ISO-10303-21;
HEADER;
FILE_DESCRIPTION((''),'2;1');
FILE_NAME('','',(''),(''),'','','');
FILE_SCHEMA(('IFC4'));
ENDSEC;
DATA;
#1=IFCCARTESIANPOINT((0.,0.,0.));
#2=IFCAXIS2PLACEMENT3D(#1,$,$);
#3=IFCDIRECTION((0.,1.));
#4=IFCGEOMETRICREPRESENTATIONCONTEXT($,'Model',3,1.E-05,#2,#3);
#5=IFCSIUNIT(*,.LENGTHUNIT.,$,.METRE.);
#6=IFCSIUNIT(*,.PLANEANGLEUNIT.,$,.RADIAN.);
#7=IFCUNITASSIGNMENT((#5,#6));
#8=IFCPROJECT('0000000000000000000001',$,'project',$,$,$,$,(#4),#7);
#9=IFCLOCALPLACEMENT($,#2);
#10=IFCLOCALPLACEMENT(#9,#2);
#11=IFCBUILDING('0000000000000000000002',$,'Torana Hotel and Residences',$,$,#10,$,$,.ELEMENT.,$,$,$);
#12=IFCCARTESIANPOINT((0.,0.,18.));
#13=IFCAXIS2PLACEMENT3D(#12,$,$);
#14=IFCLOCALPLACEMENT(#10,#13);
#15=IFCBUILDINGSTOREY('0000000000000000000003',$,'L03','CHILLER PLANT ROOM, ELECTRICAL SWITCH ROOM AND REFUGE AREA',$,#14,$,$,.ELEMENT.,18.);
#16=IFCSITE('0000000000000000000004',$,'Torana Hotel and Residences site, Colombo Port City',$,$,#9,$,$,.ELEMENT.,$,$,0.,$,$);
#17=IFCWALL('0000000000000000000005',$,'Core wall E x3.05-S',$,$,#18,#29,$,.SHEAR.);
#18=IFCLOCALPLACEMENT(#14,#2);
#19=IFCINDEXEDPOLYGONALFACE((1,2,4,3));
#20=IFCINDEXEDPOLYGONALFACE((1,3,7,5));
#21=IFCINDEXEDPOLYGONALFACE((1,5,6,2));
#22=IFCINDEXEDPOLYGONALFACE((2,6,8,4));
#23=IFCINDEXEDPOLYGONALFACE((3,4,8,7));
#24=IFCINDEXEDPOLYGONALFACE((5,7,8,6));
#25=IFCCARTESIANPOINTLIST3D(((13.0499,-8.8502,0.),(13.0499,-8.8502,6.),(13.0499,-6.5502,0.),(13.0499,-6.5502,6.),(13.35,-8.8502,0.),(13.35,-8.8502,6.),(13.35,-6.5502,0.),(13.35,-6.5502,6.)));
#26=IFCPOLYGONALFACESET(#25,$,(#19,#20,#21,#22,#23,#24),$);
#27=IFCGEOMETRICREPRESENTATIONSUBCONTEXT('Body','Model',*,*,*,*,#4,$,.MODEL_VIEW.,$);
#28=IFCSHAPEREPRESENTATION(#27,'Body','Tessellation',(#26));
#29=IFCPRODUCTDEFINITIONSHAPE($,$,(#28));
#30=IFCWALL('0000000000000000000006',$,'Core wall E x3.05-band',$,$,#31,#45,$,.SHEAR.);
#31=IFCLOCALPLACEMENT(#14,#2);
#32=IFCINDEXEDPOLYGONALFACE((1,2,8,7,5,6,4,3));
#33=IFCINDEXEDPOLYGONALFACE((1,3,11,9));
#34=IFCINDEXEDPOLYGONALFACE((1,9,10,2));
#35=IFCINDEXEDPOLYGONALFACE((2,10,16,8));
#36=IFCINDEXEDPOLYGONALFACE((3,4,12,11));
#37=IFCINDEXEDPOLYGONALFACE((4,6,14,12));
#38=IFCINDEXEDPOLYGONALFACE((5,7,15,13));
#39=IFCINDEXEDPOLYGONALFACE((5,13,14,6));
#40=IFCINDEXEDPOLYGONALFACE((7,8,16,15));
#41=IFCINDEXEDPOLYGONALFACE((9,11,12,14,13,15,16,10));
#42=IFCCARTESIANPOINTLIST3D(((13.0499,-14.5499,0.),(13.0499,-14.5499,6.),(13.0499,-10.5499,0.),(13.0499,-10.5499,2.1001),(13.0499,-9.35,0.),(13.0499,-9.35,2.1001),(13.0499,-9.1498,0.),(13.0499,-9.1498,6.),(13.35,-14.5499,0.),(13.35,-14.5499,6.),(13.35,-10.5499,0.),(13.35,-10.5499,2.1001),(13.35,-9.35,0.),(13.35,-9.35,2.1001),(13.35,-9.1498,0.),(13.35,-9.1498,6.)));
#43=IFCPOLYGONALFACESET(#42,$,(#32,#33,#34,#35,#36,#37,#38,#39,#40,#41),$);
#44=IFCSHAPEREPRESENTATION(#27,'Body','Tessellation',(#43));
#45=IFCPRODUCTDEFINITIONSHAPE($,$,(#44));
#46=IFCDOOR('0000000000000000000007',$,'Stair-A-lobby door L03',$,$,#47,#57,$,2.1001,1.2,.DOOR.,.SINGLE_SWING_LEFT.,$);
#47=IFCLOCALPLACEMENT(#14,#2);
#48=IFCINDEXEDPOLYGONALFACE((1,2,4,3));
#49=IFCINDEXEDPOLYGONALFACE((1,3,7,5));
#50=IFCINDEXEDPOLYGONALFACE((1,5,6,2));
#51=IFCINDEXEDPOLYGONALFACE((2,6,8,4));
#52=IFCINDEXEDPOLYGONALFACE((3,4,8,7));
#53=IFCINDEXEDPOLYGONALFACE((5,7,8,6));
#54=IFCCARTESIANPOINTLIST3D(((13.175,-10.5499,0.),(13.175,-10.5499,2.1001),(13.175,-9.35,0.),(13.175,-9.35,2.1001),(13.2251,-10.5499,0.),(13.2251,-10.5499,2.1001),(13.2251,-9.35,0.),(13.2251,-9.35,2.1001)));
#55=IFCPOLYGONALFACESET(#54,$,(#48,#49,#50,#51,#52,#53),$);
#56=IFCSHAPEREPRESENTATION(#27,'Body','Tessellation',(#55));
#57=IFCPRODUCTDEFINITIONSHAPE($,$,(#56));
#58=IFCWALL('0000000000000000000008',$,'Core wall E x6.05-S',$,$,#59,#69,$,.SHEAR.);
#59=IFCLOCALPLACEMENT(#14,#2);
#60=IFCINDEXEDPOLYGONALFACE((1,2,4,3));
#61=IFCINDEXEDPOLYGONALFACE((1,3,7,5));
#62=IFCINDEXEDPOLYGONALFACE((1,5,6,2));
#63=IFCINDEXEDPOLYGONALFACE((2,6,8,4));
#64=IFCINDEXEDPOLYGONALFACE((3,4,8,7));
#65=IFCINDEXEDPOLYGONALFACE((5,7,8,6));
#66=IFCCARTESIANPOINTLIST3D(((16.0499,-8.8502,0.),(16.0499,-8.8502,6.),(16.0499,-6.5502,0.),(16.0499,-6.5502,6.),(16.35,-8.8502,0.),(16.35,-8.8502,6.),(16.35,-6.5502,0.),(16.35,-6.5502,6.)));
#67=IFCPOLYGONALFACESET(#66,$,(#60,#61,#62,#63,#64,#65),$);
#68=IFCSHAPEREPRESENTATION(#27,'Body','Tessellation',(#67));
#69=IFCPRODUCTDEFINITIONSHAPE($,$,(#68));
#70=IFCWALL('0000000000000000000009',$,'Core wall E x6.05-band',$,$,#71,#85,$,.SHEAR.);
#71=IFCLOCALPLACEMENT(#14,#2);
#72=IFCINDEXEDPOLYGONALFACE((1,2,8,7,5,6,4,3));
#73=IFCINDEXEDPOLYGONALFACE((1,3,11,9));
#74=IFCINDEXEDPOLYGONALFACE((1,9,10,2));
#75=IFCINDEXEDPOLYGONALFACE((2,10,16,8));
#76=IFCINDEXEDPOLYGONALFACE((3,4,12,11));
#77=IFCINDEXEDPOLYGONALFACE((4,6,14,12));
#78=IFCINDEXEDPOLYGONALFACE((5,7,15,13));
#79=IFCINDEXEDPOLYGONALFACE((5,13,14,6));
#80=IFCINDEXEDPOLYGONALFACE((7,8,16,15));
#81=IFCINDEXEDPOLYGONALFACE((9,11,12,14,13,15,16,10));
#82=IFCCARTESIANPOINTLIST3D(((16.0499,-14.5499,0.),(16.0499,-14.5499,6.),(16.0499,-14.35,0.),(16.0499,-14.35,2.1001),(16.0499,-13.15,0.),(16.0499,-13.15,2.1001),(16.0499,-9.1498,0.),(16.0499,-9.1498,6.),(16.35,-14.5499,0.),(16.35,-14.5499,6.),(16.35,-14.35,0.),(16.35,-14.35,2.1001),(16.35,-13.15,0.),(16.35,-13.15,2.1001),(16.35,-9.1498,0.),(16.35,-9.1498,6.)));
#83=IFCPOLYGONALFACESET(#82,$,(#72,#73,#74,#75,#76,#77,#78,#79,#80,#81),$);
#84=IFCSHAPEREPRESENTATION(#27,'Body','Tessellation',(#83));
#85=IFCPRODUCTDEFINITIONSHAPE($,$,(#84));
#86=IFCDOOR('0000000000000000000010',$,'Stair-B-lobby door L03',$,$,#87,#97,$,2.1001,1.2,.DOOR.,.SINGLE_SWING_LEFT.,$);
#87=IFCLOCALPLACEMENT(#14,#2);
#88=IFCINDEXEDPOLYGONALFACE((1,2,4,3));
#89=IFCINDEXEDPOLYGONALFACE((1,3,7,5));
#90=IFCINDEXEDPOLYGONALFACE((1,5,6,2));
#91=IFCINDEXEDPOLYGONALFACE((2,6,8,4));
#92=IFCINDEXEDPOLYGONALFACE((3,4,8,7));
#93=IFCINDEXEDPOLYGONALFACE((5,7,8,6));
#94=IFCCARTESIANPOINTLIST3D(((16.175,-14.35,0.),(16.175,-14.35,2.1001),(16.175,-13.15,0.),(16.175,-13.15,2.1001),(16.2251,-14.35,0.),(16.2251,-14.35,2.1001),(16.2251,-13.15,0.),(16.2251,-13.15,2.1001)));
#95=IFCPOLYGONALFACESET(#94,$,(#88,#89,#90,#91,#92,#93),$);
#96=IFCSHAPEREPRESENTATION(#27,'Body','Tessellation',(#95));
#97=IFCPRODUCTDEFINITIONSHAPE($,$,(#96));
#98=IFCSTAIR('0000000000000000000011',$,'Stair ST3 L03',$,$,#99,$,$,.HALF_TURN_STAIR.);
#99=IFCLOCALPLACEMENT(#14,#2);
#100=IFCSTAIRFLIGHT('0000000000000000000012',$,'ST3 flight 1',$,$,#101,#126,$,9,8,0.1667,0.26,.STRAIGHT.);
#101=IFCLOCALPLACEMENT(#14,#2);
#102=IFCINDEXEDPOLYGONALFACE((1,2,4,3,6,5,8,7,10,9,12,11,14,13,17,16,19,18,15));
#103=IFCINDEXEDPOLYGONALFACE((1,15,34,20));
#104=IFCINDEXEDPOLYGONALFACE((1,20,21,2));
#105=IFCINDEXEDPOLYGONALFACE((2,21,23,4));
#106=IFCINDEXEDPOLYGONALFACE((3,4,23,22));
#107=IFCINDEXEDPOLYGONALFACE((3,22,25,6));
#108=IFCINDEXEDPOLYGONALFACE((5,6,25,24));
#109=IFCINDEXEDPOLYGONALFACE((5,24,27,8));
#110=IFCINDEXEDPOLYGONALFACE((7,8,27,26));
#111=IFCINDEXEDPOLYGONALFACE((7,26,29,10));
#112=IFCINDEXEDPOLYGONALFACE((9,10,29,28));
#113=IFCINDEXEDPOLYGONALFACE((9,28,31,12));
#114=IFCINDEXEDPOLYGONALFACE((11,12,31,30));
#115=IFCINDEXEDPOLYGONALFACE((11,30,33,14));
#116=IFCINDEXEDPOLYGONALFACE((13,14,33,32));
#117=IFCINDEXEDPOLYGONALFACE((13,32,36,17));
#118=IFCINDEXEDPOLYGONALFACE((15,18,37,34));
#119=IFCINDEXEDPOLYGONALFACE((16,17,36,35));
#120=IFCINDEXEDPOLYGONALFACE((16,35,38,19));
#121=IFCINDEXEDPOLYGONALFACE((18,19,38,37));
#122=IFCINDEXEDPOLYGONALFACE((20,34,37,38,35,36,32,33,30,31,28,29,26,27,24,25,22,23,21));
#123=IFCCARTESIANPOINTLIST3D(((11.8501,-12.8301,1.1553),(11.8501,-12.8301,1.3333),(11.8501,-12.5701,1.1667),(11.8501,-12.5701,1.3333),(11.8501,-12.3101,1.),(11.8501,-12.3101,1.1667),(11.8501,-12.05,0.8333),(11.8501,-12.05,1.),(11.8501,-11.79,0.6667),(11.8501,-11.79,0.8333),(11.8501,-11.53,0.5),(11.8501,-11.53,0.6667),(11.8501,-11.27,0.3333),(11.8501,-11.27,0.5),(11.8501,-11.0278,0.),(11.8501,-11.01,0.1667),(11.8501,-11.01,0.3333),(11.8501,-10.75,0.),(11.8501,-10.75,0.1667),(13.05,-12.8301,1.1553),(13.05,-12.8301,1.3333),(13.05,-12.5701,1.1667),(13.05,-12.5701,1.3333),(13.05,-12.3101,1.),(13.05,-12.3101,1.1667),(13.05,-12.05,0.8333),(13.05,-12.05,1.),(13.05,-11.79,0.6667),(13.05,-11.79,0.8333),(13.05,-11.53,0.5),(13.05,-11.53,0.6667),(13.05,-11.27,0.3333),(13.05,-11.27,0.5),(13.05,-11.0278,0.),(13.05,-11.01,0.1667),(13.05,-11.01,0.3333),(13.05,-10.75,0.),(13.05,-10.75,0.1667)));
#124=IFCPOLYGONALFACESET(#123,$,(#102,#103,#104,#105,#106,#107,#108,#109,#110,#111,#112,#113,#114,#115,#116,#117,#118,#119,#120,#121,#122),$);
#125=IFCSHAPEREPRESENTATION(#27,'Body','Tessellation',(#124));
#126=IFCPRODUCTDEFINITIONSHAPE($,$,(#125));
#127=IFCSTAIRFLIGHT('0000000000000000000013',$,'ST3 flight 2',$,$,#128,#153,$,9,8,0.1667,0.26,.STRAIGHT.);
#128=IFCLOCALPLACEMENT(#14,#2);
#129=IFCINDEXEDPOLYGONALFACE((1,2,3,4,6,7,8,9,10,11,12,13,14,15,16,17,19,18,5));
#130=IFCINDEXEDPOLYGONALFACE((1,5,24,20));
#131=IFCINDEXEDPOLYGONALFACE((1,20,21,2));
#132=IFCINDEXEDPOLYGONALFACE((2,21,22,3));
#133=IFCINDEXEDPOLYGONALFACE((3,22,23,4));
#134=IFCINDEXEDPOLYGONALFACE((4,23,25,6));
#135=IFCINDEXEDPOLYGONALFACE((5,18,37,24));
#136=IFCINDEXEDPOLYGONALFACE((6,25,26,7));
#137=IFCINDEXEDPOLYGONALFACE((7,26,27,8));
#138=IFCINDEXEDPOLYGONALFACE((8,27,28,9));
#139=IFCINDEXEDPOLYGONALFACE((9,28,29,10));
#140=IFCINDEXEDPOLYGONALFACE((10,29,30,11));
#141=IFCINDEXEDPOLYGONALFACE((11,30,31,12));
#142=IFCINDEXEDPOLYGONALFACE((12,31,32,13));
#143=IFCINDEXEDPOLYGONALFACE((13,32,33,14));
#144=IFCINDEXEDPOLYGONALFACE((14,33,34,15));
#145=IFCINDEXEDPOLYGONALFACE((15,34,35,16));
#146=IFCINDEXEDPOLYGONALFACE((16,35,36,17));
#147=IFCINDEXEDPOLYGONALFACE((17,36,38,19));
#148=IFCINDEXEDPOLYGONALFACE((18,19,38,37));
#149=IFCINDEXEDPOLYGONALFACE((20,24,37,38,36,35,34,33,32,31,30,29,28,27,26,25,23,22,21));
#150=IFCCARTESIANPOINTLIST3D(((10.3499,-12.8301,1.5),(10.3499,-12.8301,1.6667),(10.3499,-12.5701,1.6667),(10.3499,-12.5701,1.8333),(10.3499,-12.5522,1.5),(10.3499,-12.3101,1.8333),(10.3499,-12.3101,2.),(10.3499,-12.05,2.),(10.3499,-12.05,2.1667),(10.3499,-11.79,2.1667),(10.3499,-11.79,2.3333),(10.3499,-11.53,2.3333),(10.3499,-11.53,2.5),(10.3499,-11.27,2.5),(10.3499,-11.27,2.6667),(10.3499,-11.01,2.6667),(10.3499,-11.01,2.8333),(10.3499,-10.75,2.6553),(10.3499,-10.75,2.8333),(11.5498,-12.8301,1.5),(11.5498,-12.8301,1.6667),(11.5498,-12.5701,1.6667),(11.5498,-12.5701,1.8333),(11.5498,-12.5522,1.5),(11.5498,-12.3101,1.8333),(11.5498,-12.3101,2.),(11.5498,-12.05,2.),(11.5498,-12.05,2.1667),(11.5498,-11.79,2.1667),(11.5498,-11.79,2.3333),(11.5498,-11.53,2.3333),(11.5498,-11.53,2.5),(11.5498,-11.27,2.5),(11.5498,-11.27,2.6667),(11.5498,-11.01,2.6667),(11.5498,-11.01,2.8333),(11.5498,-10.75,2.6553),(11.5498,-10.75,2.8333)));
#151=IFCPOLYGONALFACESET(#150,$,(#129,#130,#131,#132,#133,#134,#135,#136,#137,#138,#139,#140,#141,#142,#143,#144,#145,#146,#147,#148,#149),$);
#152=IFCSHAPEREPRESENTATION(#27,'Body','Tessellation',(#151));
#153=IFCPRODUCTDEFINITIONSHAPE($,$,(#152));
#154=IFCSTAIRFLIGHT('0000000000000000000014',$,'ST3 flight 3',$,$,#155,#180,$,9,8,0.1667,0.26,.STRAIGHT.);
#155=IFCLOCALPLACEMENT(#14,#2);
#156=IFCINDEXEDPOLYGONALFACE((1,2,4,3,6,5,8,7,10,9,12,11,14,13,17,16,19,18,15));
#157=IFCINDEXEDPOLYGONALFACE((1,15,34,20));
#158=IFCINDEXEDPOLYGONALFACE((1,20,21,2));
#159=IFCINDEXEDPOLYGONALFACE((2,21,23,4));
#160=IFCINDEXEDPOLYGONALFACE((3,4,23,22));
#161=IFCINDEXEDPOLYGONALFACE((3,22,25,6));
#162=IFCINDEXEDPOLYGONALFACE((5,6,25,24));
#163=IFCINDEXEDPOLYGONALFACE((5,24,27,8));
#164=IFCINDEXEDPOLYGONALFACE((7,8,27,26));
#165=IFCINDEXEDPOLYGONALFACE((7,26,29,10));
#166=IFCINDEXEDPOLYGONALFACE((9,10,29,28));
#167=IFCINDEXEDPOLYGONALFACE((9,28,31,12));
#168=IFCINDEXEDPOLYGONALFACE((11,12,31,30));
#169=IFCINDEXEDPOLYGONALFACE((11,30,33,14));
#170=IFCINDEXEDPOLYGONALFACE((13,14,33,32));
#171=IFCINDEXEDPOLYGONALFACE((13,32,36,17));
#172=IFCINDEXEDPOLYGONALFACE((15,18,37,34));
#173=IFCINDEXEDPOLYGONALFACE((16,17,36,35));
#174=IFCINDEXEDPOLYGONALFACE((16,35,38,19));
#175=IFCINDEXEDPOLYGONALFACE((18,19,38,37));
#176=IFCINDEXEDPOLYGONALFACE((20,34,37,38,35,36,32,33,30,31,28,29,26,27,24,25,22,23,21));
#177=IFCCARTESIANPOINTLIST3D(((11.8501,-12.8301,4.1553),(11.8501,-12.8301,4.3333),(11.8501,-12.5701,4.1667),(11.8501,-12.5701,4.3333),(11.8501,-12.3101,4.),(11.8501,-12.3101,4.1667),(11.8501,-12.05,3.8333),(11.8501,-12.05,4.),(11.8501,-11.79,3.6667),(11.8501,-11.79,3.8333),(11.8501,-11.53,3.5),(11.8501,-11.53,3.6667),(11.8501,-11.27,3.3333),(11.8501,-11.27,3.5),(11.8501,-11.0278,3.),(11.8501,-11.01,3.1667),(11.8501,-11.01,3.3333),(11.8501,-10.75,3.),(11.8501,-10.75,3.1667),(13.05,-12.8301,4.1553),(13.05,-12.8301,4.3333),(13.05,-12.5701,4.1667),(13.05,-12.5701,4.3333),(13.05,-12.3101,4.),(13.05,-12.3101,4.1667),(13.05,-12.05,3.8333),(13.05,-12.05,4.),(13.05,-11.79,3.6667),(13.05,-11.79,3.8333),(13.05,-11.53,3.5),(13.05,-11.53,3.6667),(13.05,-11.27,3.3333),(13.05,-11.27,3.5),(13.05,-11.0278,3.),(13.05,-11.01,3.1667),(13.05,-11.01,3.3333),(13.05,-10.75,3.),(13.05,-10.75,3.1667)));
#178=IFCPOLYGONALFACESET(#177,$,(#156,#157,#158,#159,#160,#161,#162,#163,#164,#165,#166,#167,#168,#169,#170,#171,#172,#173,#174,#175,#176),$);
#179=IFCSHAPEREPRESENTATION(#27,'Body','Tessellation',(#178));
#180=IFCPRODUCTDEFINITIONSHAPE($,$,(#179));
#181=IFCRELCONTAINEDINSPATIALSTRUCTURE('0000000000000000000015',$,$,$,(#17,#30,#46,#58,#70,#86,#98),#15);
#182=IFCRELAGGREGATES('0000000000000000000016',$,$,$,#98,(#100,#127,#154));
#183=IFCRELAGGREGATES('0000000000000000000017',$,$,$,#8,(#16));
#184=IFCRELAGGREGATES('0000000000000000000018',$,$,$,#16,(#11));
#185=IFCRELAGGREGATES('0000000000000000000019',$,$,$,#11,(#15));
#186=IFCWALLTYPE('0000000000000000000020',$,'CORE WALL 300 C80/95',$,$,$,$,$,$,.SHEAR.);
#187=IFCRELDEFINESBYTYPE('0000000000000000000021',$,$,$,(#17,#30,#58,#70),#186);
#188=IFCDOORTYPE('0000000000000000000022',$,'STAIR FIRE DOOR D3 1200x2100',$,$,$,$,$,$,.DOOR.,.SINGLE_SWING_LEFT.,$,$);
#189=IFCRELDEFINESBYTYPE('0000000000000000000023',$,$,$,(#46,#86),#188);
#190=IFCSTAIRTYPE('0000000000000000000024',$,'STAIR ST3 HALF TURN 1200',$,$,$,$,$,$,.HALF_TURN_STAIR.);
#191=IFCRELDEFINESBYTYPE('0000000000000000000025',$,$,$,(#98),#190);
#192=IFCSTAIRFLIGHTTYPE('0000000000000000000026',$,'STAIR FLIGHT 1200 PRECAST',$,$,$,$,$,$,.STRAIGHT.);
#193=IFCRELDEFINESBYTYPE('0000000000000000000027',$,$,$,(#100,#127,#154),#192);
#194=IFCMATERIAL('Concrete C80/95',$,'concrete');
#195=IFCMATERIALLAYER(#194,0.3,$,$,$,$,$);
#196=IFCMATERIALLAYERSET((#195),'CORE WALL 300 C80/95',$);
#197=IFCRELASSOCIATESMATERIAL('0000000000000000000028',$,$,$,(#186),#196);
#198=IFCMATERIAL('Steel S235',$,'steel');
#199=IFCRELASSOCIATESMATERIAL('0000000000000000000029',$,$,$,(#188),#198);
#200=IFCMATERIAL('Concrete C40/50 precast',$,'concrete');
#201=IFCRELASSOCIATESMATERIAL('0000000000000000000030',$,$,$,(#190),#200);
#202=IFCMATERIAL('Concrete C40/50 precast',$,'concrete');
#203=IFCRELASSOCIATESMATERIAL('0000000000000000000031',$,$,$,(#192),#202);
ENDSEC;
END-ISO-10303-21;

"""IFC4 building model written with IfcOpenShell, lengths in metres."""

from ifc_helpers import new_model, si_unit, direction, frame, frame_2d, origin, place, context, subcontext, project, spatial, polyline, rectangle, outline, extrude, material, layer, layer_set, type_object, element, fill, aggregate, save


model = new_model("IFC4")

# Units and contexts
model_context = context("Model", 3, precision=1e-05, world=origin(), true_north=direction((0.0, 1.0)))
body_context = subcontext(model_context, "Body", "Model", "MODEL_VIEW")
ifc_project = project(units=[si_unit("LENGTHUNIT", "METRE"), si_unit("PLANEANGLEUNIT", "RADIAN")], contexts=[model_context])

# Site, building, storey
site_placement = place(None, origin())
site = spatial("IfcSite", under=ifc_project, at=site_placement, Name="Torana Hotel and Residences site, Colombo Port City", CompositionType="ELEMENT", RefElevation=0.0)
building_placement = place(site_placement, origin())
building = spatial("IfcBuilding", under=site, at=building_placement, Name="Torana Hotel and Residences", CompositionType="ELEMENT")
storey_placement = place(building_placement, frame((0.0, 0.0, 18.0)))
storey = spatial("IfcBuildingStorey", under=building, at=storey_placement, Name="L03", Description="CHILLER PLANT ROOM, ELECTRICAL SWITCH ROOM AND REFUGE AREA", CompositionType="ELEMENT", Elevation=18.0)

# Wall
ifc_material_1 = material(Name="Concrete C80/95", Category="concrete")
ifc_layer = layer(ifc_material_1, 0.3)
ifc_layer_set = layer_set([ifc_layer], Name="CORE WALL 300 C80/95")
wall_type = type_object("IfcWallType", Name="CORE WALL 300 C80/95", PredefinedType="SHEAR", material=ifc_layer_set)
wall_1_placement = place(storey_placement, frame((13.2, -8.8501, 0.0), z_axis=(0.0, 0.0, 1.0), x_axis=(0.0, 1.0, 0.0)))
element("IfcWall", 1, at=wall_1_placement, inside=storey, type_object=wall_type, Name="Core wall E x3.05-S", PredefinedType="SHEAR", context=body_context, shape_type="SweptSolid", body=[
    extrude(rectangle(XDim=2.3, YDim=0.3, at=frame_2d((1.1499, 0.0))), origin(), (0.0, 0.0, 1.0), 6.0),
])

# Wall, opening, door
wall_2_placement = place(storey_placement, frame((13.2, -14.55, 0.0), z_axis=(0.0, 0.0, 1.0), x_axis=(0.0, 1.0, 0.0)))
wall_2 = element("IfcWall", 2, at=wall_2_placement, inside=storey, type_object=wall_type, Name="Core wall E x3.05-band", PredefinedType="SHEAR", context=body_context, shape_type="SweptSolid", body=[
    extrude(rectangle(XDim=5.4001, YDim=0.3, at=frame_2d((2.7002, 0.0))), origin(), (0.0, 0.0, 1.0), 6.0),
])
opening_1_placement = place(wall_2_placement, frame((4.0, 0.0, 0.0)))
opening_1 = element("IfcOpeningElement", 3, at=opening_1_placement, cuts=wall_2, PredefinedType="OPENING", context=body_context, shape_type="SweptSolid", body=[
    extrude(rectangle(XDim=1.2, YDim=2.1001, at=frame_2d((0.6001, 1.05))), frame((0.0, 0.1599, 0.0), z_axis=(0.0, -1.0, 0.0), x_axis=(1.0, 0.0, 0.0)), (0.0, 0.0, 1.0), 0.3201),
])
ifc_material_2 = material(Name="Steel S235", Category="steel")
door_type = type_object("IfcDoorType", Name="STAIR FIRE DOOR D3 1200x2100", OperationType="SINGLE_SWING_LEFT", PredefinedType="DOOR", material=ifc_material_2)
door_1_placement = place(opening_1_placement, origin())
door_1 = element("IfcDoor", 4, at=door_1_placement, inside=storey, type_object=door_type, Name="Stair-A-lobby door L03", OperationType="SINGLE_SWING_LEFT", OverallHeight=2.1001, OverallWidth=1.2, PredefinedType="DOOR", context=body_context, shape_type="SweptSolid", body=[
    extrude(rectangle(XDim=1.2, YDim=2.1001, at=frame_2d((0.6001, 1.05))), frame((0.0, 0.0249, 0.0), z_axis=(0.0, -1.0, 0.0), x_axis=(1.0, 0.0, 0.0)), (0.0, 0.0, 1.0), 0.05),
])
fill(opening_1, door_1)

# Wall
wall_3_placement = place(storey_placement, frame((16.2, -8.8501, 0.0), z_axis=(0.0, 0.0, 1.0), x_axis=(0.0, 1.0, 0.0)))
element("IfcWall", 5, at=wall_3_placement, inside=storey, type_object=wall_type, Name="Core wall E x6.05-S", PredefinedType="SHEAR", context=body_context, shape_type="SweptSolid", body=[
    extrude(rectangle(XDim=2.3, YDim=0.3, at=frame_2d((1.1499, 0.0))), origin(), (0.0, 0.0, 1.0), 6.0),
])

# Wall, opening, door
wall_4_placement = place(storey_placement, frame((16.2, -14.55, 0.0), z_axis=(0.0, 0.0, 1.0), x_axis=(0.0, 1.0, 0.0)))
wall_4 = element("IfcWall", 6, at=wall_4_placement, inside=storey, type_object=wall_type, Name="Core wall E x6.05-band", PredefinedType="SHEAR", context=body_context, shape_type="SweptSolid", body=[
    extrude(rectangle(XDim=5.4001, YDim=0.3, at=frame_2d((2.7002, 0.0))), origin(), (0.0, 0.0, 1.0), 6.0),
])
opening_2_placement = place(wall_4_placement, frame((0.2, 0.0, 0.0)))
opening_2 = element("IfcOpeningElement", 7, at=opening_2_placement, cuts=wall_4, PredefinedType="OPENING", context=body_context, shape_type="SweptSolid", body=[
    extrude(rectangle(XDim=1.2, YDim=2.1001, at=frame_2d((0.6001, 1.05))), frame((0.0, 0.1599, 0.0), z_axis=(0.0, -1.0, 0.0), x_axis=(1.0, 0.0, 0.0)), (0.0, 0.0, 1.0), 0.3201),
])
door_2_placement = place(opening_2_placement, frame((0.6001, 0.0, 0.0), z_axis=(0.0, 0.0, 1.0), x_axis=(-1.0, 0.0, 0.0)))
door_2 = element("IfcDoor", 8, at=door_2_placement, inside=storey, type_object=door_type, Name="Stair-B-lobby door L03", OperationType="SINGLE_SWING_LEFT", OverallHeight=2.1001, OverallWidth=1.2, PredefinedType="DOOR", context=body_context, shape_type="SweptSolid", body=[
    extrude(rectangle(XDim=1.2, YDim=2.1001, at=frame_2d((0.0, 1.05))), frame((0.0, -0.0249, 0.0), z_axis=(0.0, 1.0, 0.0), x_axis=(-1.0, 0.0, 0.0)), (0.0, 0.0, 1.0), 0.05),
])
fill(opening_2, door_2)

# Stair, stair flights
ifc_material_3 = material(Name="Concrete C40/50 precast", Category="concrete")
stair_type_1 = type_object("IfcStairType", Name="STAIR ST3 HALF TURN 1200", PredefinedType="HALF_TURN_STAIR", material=ifc_material_3)
stair_1_placement = place(storey_placement, origin())
stair_1 = element("IfcStair", 9, at=stair_1_placement, inside=storey, type_object=stair_type_1, Name="Stair ST3 L03", PredefinedType="HALF_TURN_STAIR")
ifc_material_4 = material(Name="Concrete C40/50 precast", Category="concrete")
stair_flight_type = type_object("IfcStairFlightType", Name="STAIR FLIGHT 1200 PRECAST", PredefinedType="STRAIGHT", material=ifc_material_4)
stair_flight_1_placement = place(storey_placement, frame((12.45, -10.75, 0.0), z_axis=(0.0, 0.0, 1.0), x_axis=(0.0, -1.0, 0.0)))
stair_flight_1 = element("IfcStairFlight", 10, at=stair_flight_1_placement, type_object=stair_flight_type, Name="ST3 flight 1", NumberOfRisers=9, NumberOfTreads=8, PredefinedType="STRAIGHT", RiserHeight=0.1667, TreadLength=0.26, context=body_context, shape_type="SweptSolid", body=[
    extrude(outline(polyline([(0.0, 0.0), (0.0, 0.1667), (0.26, 0.1667), (0.26, 0.3333), (0.52, 0.3333), (0.52, 0.5), (0.78, 0.5), (0.78, 0.6667), (1.04, 0.6667), (1.04, 0.8333), (1.3, 0.8333), (1.3, 1.0), (1.5601, 1.0), (1.5601, 1.1667), (1.8201, 1.1667), (1.8201, 1.3333), (2.0801, 1.3333), (2.0801, 1.5), (2.0801, 1.1553), (0.2778, 0.0), (0.0, 0.0)])), frame((0.0, 0.6001, 0.0), z_axis=(0.0, -1.0, 0.0), x_axis=(1.0, 0.0, 0.0)), (0.0, 0.0, 1.0), 1.2),
])
stair_flight_2_placement = place(storey_placement, frame((10.95, -12.8301, 1.5), z_axis=(0.0, 0.0, 1.0), x_axis=(0.0, 1.0, 0.0)))
stair_flight_2 = element("IfcStairFlight", 11, at=stair_flight_2_placement, type_object=stair_flight_type, Name="ST3 flight 2", NumberOfRisers=9, NumberOfTreads=8, PredefinedType="STRAIGHT", RiserHeight=0.1667, TreadLength=0.26, context=body_context, shape_type="SweptSolid", body=[
    extrude(outline(polyline([(0.0, 0.0), (0.0, 0.1667), (0.26, 0.1667), (0.26, 0.3333), (0.52, 0.3333), (0.52, 0.5), (0.78, 0.5), (0.78, 0.6667), (1.04, 0.6667), (1.04, 0.8333), (1.3, 0.8333), (1.3, 1.0), (1.5601, 1.0), (1.5601, 1.1667), (1.8201, 1.1667), (1.8201, 1.3333), (2.0801, 1.3333), (2.0801, 1.5), (2.0801, 1.1553), (0.2778, 0.0), (0.0, 0.0)])), frame((0.0, 0.6001, 0.0), z_axis=(0.0, -1.0, 0.0), x_axis=(1.0, 0.0, 0.0)), (0.0, 0.0, 1.0), 1.2),
])
stair_flight_3_placement = place(storey_placement, frame((12.45, -10.75, 3.0), z_axis=(0.0, 0.0, 1.0), x_axis=(0.0, -1.0, 0.0)))
stair_flight_3 = element("IfcStairFlight", 12, at=stair_flight_3_placement, type_object=stair_flight_type, Name="ST3 flight 3", NumberOfRisers=9, NumberOfTreads=8, PredefinedType="STRAIGHT", RiserHeight=0.1667, TreadLength=0.26, context=body_context, shape_type="SweptSolid", body=[
    extrude(outline(polyline([(0.0, 0.0), (0.0, 0.1667), (0.26, 0.1667), (0.26, 0.3333), (0.52, 0.3333), (0.52, 0.5), (0.78, 0.5), (0.78, 0.6667), (1.04, 0.6667), (1.04, 0.8333), (1.3, 0.8333), (1.3, 1.0), (1.5601, 1.0), (1.5601, 1.1667), (1.8201, 1.1667), (1.8201, 1.3333), (2.0801, 1.3333), (2.0801, 1.5), (2.0801, 1.1553), (0.2778, 0.0), (0.0, 0.0)])), frame((0.0, 0.6001, 0.0), z_axis=(0.0, -1.0, 0.0), x_axis=(1.0, 0.0, 0.0)), (0.0, 0.0, 1.0), 1.2),
])
aggregate(stair_1, [stair_flight_1, stair_flight_2, stair_flight_3])

save(model, "model.ifc")
